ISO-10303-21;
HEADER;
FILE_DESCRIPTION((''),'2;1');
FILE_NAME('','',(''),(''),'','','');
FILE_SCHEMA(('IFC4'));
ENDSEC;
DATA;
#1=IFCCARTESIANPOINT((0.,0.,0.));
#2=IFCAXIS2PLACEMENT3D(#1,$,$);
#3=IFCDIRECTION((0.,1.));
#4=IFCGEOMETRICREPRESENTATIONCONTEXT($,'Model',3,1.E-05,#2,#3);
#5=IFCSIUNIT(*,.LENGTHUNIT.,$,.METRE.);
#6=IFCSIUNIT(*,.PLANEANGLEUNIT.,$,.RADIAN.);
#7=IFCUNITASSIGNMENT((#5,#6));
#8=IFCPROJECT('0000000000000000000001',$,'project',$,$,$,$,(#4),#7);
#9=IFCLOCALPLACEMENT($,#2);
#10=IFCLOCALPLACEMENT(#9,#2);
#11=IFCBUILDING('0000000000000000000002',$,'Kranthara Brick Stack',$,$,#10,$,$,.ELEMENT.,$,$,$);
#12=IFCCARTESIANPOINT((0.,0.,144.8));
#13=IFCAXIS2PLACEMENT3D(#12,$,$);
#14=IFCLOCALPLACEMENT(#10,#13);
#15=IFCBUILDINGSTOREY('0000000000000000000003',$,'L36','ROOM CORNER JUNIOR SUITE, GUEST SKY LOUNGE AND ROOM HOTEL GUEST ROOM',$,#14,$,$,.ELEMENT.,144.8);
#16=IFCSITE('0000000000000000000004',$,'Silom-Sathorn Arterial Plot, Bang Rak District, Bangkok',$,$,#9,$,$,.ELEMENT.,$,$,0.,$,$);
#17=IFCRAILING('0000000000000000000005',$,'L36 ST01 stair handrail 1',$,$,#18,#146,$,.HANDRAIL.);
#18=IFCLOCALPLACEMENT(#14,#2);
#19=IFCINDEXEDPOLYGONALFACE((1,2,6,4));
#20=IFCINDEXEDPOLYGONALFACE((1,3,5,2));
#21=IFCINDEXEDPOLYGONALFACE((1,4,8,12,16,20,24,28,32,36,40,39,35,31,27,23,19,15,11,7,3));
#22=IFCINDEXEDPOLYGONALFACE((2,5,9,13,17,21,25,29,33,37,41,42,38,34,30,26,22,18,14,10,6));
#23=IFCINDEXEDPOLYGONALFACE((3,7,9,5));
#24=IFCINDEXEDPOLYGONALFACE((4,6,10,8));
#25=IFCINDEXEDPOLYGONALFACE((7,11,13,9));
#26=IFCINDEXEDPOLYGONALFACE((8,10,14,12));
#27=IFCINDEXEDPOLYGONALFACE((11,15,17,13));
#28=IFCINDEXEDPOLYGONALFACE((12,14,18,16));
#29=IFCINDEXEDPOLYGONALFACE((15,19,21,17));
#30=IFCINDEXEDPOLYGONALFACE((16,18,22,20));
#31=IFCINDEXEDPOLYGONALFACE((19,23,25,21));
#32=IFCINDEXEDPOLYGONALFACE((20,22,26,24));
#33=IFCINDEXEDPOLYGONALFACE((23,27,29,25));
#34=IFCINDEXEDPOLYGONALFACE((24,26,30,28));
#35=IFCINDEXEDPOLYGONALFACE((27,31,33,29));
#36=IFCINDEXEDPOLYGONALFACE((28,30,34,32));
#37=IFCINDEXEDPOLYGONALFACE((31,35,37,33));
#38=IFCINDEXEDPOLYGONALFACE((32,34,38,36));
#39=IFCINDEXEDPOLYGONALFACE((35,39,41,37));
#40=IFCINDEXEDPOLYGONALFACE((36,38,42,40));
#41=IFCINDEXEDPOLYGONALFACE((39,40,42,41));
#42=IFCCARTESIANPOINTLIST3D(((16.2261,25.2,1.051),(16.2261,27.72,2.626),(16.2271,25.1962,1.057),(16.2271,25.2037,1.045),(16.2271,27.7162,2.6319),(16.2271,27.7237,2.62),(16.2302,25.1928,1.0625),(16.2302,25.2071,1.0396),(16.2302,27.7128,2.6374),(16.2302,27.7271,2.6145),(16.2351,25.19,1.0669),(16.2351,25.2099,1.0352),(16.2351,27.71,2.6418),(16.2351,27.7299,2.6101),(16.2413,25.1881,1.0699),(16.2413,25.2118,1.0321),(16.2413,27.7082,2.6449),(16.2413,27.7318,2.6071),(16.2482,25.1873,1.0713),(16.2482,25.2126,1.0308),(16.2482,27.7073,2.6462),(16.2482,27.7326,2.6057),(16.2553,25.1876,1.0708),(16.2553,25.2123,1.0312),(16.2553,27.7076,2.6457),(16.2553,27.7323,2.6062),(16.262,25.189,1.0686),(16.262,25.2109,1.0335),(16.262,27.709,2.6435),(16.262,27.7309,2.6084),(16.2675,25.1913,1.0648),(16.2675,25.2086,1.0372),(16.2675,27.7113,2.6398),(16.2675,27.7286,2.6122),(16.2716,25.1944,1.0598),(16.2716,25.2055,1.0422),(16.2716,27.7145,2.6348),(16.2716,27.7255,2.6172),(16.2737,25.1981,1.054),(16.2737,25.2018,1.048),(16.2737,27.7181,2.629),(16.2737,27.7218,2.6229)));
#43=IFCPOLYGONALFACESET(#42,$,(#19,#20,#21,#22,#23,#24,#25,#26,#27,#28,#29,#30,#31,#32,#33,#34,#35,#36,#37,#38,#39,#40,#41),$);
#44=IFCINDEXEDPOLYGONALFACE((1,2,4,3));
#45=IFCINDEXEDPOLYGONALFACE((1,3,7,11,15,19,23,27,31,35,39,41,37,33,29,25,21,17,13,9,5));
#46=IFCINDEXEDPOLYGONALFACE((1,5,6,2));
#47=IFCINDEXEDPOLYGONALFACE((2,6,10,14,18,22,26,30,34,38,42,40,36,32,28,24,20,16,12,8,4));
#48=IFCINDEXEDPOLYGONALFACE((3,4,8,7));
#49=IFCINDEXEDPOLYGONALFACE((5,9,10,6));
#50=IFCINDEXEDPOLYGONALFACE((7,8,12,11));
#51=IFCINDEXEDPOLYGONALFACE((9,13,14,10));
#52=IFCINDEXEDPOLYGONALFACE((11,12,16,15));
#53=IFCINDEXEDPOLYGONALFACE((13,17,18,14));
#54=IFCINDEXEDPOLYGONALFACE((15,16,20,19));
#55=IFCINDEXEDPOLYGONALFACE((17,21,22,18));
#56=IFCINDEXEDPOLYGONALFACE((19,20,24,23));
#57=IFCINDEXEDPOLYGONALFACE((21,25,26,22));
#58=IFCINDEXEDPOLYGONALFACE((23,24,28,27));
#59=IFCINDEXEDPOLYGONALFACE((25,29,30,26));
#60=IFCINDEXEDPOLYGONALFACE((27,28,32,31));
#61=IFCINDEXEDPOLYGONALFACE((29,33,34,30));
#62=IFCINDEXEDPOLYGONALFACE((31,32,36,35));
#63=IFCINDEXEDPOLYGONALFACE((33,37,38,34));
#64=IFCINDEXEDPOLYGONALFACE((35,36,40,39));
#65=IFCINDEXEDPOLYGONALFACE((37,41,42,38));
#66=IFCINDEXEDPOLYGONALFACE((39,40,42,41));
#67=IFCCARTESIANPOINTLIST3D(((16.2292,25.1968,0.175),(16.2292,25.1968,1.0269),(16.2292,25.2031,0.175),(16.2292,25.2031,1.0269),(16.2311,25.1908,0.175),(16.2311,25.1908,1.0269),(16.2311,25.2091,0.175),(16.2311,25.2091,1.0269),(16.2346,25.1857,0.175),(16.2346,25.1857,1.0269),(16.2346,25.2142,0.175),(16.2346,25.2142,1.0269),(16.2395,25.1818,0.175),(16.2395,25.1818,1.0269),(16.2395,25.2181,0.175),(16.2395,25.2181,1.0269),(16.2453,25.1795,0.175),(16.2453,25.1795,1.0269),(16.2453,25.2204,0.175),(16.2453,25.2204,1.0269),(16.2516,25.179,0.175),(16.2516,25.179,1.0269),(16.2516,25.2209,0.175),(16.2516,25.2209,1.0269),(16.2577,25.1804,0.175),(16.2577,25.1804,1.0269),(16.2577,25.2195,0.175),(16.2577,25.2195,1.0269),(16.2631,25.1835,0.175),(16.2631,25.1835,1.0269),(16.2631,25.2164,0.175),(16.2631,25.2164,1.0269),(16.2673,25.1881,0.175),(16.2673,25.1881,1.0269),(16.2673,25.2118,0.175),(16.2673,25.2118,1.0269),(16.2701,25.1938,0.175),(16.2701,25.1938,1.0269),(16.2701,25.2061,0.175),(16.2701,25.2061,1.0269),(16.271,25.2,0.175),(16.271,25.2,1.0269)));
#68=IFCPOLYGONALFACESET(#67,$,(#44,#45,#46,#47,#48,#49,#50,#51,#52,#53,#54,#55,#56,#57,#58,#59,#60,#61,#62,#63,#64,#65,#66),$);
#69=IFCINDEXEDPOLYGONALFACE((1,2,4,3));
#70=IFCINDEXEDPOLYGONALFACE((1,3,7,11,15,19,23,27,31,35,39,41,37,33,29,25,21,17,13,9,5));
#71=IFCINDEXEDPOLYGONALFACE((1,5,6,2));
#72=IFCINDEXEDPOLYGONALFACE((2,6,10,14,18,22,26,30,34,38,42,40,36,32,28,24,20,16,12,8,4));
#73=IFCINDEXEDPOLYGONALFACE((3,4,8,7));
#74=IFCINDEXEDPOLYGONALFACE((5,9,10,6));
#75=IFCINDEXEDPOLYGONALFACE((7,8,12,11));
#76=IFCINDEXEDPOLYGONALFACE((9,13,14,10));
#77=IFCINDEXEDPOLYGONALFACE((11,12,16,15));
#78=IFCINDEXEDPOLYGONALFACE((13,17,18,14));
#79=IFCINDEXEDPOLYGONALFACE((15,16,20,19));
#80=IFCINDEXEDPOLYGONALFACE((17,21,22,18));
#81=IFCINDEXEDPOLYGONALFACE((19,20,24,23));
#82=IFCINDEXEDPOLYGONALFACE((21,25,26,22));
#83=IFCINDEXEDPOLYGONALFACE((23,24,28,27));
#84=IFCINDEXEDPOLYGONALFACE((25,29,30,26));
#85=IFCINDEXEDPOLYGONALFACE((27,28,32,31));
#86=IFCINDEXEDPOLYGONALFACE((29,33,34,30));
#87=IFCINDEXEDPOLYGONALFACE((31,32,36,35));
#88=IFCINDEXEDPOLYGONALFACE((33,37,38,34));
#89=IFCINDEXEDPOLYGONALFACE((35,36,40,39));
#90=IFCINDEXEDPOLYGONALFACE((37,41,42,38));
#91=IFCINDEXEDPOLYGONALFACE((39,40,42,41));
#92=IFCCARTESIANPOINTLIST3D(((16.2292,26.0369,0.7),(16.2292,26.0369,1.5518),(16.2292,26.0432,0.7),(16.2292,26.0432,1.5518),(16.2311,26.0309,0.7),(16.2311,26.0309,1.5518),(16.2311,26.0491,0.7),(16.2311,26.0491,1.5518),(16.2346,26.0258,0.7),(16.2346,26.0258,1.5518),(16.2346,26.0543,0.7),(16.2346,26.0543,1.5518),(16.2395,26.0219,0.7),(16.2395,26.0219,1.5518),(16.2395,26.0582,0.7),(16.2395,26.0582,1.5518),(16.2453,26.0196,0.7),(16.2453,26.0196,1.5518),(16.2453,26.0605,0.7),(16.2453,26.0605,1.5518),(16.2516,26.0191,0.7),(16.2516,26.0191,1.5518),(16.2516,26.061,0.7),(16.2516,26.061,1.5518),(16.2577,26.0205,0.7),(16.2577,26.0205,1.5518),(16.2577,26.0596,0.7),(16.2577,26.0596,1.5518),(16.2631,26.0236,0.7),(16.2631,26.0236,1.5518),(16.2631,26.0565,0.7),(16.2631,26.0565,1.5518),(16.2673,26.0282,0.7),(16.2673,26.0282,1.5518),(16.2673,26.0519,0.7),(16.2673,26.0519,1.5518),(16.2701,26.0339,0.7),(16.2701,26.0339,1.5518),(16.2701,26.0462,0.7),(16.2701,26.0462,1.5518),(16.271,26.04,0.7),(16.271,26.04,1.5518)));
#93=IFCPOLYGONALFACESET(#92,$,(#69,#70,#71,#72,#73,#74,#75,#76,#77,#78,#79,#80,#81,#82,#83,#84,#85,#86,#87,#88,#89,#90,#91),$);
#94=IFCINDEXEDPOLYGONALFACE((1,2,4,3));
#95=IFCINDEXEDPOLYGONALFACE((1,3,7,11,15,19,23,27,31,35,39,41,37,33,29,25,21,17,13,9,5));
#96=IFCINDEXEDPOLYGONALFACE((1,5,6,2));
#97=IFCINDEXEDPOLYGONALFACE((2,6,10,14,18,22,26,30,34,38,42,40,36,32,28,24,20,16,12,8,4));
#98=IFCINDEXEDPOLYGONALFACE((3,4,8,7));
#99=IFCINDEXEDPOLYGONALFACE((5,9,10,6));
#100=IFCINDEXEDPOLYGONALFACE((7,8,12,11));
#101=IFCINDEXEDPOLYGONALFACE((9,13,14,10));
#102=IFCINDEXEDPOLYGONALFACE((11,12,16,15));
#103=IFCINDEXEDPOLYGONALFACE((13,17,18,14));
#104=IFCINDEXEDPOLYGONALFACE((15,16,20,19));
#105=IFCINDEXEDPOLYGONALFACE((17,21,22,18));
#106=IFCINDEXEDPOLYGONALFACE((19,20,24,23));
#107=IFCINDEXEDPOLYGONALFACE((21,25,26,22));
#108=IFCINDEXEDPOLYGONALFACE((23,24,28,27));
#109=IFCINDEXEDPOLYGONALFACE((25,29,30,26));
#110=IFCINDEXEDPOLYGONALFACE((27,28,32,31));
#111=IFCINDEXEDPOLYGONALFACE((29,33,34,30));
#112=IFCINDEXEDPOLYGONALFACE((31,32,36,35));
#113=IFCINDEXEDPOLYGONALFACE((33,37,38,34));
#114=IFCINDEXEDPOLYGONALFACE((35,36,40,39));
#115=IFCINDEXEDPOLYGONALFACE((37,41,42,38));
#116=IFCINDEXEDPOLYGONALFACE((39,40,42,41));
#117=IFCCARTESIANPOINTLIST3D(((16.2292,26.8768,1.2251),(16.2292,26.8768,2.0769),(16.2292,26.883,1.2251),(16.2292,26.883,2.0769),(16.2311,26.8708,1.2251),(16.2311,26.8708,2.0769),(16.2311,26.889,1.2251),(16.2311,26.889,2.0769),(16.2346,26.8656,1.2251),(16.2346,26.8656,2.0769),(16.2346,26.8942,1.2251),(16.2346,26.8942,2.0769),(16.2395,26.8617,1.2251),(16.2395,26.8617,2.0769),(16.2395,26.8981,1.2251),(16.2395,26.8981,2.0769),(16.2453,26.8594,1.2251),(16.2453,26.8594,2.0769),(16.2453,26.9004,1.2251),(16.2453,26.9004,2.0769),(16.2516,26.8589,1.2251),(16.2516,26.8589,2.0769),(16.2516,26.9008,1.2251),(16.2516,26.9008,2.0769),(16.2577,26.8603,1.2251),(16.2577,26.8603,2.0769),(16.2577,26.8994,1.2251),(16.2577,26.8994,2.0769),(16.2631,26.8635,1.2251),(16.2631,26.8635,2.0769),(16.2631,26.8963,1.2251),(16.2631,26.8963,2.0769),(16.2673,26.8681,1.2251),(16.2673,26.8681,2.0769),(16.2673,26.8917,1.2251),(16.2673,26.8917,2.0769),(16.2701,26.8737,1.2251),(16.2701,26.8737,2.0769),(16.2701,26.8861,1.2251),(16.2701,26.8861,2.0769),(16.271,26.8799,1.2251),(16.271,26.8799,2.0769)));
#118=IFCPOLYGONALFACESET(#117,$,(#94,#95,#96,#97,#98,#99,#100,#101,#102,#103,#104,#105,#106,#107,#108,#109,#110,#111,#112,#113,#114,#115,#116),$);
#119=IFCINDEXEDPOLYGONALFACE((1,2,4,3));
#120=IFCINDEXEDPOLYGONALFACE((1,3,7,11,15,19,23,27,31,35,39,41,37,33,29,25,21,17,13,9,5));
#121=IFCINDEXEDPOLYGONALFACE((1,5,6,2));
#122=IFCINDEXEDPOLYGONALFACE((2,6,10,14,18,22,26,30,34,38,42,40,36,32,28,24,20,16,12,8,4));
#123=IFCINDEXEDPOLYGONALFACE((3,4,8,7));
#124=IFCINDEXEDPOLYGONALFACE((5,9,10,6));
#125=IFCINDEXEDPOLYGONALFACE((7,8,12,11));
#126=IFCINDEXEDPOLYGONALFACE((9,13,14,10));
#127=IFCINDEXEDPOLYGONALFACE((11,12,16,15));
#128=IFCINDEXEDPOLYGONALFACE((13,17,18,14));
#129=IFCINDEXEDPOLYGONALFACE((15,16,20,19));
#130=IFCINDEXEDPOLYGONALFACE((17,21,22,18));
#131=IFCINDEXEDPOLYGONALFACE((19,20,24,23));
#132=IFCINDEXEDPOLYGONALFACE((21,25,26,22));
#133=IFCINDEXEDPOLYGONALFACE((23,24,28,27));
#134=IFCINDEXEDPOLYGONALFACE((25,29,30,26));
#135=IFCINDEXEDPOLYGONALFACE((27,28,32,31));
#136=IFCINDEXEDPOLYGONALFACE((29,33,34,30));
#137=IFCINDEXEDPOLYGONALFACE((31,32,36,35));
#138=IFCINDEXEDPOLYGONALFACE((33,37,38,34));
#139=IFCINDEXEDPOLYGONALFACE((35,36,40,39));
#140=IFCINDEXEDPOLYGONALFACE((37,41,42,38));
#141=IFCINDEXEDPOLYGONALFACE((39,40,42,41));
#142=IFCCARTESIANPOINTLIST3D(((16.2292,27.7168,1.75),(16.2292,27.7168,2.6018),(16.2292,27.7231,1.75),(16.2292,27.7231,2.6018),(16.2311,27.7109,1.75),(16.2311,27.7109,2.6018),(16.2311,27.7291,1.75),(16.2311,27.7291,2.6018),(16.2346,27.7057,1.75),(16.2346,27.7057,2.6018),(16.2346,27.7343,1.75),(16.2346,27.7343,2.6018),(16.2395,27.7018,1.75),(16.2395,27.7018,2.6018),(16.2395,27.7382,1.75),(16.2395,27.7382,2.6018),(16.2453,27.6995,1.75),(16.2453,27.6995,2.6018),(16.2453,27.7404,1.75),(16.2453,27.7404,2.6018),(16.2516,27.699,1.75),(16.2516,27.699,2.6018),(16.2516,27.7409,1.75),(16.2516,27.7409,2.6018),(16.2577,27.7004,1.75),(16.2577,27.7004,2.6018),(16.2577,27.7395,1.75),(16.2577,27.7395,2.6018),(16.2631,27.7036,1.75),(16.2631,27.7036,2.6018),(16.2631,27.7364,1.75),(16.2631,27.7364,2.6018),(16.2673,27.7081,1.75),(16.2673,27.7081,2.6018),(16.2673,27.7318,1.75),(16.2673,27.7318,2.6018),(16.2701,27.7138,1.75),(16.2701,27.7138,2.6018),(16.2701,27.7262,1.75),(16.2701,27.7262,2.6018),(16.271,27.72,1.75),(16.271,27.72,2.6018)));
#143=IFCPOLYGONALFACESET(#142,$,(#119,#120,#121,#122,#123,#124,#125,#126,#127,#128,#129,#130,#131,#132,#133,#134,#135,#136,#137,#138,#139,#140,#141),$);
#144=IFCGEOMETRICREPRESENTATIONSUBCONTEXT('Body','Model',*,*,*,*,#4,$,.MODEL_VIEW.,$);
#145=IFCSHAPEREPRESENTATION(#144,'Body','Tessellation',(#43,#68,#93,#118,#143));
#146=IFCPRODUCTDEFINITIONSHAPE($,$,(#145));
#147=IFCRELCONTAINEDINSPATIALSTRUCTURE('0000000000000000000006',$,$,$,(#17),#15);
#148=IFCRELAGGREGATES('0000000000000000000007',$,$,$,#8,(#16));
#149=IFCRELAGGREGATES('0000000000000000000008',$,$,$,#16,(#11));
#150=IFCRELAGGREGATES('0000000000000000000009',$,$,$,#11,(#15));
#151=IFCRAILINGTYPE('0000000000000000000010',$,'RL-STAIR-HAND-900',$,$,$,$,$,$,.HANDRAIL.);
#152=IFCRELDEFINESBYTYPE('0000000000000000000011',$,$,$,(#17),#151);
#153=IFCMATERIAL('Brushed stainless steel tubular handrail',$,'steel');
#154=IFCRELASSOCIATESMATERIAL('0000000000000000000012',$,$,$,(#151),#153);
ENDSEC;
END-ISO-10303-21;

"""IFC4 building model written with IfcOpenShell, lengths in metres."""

from ifc_helpers import new_model, si_unit, direction, frame, origin, origin_2d, place, context, subcontext, project, spatial, circle, extrude, material, type_object, element, save


model = new_model("IFC4")

# Units and contexts
model_context = context("Model", 3, precision=1e-05, world=origin(), true_north=direction((0.0, 1.0)))
body_context = subcontext(model_context, "Body", "Model", "MODEL_VIEW")
ifc_project = project(units=[si_unit("LENGTHUNIT", "METRE"), si_unit("PLANEANGLEUNIT", "RADIAN")], contexts=[model_context])

# Site, building, storey
site_placement = place(None, origin())
site = spatial("IfcSite", under=ifc_project, at=site_placement, Name="Silom-Sathorn Arterial Plot, Bang Rak District, Bangkok", CompositionType="ELEMENT", RefElevation=0.0)
building_placement = place(site_placement, origin())
building = spatial("IfcBuilding", under=site, at=building_placement, Name="Kranthara Brick Stack", CompositionType="ELEMENT")
storey_placement = place(building_placement, frame((0.0, 0.0, 144.8)))
storey = spatial("IfcBuildingStorey", under=building, at=storey_placement, Name="L36", Description="ROOM CORNER JUNIOR SUITE, GUEST SKY LOUNGE AND ROOM HOTEL GUEST ROOM", CompositionType="ELEMENT", Elevation=144.8)

# Railing
ifc_material_1 = material(Name="Brushed stainless steel tubular handrail", Category="steel")
railing_type_1 = type_object("IfcRailingType", Name="RL-STAIR-HAND-900", PredefinedType="HANDRAIL", material=ifc_material_1)
railing_1_placement = place(storey_placement, frame((16.25, 25.2, 0.175)))
element("IfcRailing", 1, at=railing_1_placement, inside=storey, type_object=railing_type_1, Name="L36 ST01 stair handrail 1", PredefinedType="HANDRAIL", context=body_context, shape_type="SweptSolid", body=[
    extrude(circle(Radius=0.0239, at=origin_2d()), frame((0.0, 0.0, 0.876), z_axis=(0.0, 0.848008, 0.529984), x_axis=(-1.0, 0.0, 0.0)), (0.0, 0.0, 1.0), 2.9717),
    extrude(circle(Radius=0.021, at=origin_2d()), origin(), (0.0, 0.0, 1.0), 0.8518),
    extrude(circle(Radius=0.021, at=origin_2d()), frame((0.0, 0.8401, 0.5249)), (0.0, 0.0, 1.0), 0.8518),
    extrude(circle(Radius=0.021, at=origin_2d()), frame((0.0, 1.6799, 1.05)), (0.0, 0.0, 1.0), 0.8518),
    extrude(circle(Radius=0.021, at=origin_2d()), frame((0.0, 2.52, 1.575)), (0.0, 0.0, 1.0), 0.8518),
])

save(model, "model.ifc")
